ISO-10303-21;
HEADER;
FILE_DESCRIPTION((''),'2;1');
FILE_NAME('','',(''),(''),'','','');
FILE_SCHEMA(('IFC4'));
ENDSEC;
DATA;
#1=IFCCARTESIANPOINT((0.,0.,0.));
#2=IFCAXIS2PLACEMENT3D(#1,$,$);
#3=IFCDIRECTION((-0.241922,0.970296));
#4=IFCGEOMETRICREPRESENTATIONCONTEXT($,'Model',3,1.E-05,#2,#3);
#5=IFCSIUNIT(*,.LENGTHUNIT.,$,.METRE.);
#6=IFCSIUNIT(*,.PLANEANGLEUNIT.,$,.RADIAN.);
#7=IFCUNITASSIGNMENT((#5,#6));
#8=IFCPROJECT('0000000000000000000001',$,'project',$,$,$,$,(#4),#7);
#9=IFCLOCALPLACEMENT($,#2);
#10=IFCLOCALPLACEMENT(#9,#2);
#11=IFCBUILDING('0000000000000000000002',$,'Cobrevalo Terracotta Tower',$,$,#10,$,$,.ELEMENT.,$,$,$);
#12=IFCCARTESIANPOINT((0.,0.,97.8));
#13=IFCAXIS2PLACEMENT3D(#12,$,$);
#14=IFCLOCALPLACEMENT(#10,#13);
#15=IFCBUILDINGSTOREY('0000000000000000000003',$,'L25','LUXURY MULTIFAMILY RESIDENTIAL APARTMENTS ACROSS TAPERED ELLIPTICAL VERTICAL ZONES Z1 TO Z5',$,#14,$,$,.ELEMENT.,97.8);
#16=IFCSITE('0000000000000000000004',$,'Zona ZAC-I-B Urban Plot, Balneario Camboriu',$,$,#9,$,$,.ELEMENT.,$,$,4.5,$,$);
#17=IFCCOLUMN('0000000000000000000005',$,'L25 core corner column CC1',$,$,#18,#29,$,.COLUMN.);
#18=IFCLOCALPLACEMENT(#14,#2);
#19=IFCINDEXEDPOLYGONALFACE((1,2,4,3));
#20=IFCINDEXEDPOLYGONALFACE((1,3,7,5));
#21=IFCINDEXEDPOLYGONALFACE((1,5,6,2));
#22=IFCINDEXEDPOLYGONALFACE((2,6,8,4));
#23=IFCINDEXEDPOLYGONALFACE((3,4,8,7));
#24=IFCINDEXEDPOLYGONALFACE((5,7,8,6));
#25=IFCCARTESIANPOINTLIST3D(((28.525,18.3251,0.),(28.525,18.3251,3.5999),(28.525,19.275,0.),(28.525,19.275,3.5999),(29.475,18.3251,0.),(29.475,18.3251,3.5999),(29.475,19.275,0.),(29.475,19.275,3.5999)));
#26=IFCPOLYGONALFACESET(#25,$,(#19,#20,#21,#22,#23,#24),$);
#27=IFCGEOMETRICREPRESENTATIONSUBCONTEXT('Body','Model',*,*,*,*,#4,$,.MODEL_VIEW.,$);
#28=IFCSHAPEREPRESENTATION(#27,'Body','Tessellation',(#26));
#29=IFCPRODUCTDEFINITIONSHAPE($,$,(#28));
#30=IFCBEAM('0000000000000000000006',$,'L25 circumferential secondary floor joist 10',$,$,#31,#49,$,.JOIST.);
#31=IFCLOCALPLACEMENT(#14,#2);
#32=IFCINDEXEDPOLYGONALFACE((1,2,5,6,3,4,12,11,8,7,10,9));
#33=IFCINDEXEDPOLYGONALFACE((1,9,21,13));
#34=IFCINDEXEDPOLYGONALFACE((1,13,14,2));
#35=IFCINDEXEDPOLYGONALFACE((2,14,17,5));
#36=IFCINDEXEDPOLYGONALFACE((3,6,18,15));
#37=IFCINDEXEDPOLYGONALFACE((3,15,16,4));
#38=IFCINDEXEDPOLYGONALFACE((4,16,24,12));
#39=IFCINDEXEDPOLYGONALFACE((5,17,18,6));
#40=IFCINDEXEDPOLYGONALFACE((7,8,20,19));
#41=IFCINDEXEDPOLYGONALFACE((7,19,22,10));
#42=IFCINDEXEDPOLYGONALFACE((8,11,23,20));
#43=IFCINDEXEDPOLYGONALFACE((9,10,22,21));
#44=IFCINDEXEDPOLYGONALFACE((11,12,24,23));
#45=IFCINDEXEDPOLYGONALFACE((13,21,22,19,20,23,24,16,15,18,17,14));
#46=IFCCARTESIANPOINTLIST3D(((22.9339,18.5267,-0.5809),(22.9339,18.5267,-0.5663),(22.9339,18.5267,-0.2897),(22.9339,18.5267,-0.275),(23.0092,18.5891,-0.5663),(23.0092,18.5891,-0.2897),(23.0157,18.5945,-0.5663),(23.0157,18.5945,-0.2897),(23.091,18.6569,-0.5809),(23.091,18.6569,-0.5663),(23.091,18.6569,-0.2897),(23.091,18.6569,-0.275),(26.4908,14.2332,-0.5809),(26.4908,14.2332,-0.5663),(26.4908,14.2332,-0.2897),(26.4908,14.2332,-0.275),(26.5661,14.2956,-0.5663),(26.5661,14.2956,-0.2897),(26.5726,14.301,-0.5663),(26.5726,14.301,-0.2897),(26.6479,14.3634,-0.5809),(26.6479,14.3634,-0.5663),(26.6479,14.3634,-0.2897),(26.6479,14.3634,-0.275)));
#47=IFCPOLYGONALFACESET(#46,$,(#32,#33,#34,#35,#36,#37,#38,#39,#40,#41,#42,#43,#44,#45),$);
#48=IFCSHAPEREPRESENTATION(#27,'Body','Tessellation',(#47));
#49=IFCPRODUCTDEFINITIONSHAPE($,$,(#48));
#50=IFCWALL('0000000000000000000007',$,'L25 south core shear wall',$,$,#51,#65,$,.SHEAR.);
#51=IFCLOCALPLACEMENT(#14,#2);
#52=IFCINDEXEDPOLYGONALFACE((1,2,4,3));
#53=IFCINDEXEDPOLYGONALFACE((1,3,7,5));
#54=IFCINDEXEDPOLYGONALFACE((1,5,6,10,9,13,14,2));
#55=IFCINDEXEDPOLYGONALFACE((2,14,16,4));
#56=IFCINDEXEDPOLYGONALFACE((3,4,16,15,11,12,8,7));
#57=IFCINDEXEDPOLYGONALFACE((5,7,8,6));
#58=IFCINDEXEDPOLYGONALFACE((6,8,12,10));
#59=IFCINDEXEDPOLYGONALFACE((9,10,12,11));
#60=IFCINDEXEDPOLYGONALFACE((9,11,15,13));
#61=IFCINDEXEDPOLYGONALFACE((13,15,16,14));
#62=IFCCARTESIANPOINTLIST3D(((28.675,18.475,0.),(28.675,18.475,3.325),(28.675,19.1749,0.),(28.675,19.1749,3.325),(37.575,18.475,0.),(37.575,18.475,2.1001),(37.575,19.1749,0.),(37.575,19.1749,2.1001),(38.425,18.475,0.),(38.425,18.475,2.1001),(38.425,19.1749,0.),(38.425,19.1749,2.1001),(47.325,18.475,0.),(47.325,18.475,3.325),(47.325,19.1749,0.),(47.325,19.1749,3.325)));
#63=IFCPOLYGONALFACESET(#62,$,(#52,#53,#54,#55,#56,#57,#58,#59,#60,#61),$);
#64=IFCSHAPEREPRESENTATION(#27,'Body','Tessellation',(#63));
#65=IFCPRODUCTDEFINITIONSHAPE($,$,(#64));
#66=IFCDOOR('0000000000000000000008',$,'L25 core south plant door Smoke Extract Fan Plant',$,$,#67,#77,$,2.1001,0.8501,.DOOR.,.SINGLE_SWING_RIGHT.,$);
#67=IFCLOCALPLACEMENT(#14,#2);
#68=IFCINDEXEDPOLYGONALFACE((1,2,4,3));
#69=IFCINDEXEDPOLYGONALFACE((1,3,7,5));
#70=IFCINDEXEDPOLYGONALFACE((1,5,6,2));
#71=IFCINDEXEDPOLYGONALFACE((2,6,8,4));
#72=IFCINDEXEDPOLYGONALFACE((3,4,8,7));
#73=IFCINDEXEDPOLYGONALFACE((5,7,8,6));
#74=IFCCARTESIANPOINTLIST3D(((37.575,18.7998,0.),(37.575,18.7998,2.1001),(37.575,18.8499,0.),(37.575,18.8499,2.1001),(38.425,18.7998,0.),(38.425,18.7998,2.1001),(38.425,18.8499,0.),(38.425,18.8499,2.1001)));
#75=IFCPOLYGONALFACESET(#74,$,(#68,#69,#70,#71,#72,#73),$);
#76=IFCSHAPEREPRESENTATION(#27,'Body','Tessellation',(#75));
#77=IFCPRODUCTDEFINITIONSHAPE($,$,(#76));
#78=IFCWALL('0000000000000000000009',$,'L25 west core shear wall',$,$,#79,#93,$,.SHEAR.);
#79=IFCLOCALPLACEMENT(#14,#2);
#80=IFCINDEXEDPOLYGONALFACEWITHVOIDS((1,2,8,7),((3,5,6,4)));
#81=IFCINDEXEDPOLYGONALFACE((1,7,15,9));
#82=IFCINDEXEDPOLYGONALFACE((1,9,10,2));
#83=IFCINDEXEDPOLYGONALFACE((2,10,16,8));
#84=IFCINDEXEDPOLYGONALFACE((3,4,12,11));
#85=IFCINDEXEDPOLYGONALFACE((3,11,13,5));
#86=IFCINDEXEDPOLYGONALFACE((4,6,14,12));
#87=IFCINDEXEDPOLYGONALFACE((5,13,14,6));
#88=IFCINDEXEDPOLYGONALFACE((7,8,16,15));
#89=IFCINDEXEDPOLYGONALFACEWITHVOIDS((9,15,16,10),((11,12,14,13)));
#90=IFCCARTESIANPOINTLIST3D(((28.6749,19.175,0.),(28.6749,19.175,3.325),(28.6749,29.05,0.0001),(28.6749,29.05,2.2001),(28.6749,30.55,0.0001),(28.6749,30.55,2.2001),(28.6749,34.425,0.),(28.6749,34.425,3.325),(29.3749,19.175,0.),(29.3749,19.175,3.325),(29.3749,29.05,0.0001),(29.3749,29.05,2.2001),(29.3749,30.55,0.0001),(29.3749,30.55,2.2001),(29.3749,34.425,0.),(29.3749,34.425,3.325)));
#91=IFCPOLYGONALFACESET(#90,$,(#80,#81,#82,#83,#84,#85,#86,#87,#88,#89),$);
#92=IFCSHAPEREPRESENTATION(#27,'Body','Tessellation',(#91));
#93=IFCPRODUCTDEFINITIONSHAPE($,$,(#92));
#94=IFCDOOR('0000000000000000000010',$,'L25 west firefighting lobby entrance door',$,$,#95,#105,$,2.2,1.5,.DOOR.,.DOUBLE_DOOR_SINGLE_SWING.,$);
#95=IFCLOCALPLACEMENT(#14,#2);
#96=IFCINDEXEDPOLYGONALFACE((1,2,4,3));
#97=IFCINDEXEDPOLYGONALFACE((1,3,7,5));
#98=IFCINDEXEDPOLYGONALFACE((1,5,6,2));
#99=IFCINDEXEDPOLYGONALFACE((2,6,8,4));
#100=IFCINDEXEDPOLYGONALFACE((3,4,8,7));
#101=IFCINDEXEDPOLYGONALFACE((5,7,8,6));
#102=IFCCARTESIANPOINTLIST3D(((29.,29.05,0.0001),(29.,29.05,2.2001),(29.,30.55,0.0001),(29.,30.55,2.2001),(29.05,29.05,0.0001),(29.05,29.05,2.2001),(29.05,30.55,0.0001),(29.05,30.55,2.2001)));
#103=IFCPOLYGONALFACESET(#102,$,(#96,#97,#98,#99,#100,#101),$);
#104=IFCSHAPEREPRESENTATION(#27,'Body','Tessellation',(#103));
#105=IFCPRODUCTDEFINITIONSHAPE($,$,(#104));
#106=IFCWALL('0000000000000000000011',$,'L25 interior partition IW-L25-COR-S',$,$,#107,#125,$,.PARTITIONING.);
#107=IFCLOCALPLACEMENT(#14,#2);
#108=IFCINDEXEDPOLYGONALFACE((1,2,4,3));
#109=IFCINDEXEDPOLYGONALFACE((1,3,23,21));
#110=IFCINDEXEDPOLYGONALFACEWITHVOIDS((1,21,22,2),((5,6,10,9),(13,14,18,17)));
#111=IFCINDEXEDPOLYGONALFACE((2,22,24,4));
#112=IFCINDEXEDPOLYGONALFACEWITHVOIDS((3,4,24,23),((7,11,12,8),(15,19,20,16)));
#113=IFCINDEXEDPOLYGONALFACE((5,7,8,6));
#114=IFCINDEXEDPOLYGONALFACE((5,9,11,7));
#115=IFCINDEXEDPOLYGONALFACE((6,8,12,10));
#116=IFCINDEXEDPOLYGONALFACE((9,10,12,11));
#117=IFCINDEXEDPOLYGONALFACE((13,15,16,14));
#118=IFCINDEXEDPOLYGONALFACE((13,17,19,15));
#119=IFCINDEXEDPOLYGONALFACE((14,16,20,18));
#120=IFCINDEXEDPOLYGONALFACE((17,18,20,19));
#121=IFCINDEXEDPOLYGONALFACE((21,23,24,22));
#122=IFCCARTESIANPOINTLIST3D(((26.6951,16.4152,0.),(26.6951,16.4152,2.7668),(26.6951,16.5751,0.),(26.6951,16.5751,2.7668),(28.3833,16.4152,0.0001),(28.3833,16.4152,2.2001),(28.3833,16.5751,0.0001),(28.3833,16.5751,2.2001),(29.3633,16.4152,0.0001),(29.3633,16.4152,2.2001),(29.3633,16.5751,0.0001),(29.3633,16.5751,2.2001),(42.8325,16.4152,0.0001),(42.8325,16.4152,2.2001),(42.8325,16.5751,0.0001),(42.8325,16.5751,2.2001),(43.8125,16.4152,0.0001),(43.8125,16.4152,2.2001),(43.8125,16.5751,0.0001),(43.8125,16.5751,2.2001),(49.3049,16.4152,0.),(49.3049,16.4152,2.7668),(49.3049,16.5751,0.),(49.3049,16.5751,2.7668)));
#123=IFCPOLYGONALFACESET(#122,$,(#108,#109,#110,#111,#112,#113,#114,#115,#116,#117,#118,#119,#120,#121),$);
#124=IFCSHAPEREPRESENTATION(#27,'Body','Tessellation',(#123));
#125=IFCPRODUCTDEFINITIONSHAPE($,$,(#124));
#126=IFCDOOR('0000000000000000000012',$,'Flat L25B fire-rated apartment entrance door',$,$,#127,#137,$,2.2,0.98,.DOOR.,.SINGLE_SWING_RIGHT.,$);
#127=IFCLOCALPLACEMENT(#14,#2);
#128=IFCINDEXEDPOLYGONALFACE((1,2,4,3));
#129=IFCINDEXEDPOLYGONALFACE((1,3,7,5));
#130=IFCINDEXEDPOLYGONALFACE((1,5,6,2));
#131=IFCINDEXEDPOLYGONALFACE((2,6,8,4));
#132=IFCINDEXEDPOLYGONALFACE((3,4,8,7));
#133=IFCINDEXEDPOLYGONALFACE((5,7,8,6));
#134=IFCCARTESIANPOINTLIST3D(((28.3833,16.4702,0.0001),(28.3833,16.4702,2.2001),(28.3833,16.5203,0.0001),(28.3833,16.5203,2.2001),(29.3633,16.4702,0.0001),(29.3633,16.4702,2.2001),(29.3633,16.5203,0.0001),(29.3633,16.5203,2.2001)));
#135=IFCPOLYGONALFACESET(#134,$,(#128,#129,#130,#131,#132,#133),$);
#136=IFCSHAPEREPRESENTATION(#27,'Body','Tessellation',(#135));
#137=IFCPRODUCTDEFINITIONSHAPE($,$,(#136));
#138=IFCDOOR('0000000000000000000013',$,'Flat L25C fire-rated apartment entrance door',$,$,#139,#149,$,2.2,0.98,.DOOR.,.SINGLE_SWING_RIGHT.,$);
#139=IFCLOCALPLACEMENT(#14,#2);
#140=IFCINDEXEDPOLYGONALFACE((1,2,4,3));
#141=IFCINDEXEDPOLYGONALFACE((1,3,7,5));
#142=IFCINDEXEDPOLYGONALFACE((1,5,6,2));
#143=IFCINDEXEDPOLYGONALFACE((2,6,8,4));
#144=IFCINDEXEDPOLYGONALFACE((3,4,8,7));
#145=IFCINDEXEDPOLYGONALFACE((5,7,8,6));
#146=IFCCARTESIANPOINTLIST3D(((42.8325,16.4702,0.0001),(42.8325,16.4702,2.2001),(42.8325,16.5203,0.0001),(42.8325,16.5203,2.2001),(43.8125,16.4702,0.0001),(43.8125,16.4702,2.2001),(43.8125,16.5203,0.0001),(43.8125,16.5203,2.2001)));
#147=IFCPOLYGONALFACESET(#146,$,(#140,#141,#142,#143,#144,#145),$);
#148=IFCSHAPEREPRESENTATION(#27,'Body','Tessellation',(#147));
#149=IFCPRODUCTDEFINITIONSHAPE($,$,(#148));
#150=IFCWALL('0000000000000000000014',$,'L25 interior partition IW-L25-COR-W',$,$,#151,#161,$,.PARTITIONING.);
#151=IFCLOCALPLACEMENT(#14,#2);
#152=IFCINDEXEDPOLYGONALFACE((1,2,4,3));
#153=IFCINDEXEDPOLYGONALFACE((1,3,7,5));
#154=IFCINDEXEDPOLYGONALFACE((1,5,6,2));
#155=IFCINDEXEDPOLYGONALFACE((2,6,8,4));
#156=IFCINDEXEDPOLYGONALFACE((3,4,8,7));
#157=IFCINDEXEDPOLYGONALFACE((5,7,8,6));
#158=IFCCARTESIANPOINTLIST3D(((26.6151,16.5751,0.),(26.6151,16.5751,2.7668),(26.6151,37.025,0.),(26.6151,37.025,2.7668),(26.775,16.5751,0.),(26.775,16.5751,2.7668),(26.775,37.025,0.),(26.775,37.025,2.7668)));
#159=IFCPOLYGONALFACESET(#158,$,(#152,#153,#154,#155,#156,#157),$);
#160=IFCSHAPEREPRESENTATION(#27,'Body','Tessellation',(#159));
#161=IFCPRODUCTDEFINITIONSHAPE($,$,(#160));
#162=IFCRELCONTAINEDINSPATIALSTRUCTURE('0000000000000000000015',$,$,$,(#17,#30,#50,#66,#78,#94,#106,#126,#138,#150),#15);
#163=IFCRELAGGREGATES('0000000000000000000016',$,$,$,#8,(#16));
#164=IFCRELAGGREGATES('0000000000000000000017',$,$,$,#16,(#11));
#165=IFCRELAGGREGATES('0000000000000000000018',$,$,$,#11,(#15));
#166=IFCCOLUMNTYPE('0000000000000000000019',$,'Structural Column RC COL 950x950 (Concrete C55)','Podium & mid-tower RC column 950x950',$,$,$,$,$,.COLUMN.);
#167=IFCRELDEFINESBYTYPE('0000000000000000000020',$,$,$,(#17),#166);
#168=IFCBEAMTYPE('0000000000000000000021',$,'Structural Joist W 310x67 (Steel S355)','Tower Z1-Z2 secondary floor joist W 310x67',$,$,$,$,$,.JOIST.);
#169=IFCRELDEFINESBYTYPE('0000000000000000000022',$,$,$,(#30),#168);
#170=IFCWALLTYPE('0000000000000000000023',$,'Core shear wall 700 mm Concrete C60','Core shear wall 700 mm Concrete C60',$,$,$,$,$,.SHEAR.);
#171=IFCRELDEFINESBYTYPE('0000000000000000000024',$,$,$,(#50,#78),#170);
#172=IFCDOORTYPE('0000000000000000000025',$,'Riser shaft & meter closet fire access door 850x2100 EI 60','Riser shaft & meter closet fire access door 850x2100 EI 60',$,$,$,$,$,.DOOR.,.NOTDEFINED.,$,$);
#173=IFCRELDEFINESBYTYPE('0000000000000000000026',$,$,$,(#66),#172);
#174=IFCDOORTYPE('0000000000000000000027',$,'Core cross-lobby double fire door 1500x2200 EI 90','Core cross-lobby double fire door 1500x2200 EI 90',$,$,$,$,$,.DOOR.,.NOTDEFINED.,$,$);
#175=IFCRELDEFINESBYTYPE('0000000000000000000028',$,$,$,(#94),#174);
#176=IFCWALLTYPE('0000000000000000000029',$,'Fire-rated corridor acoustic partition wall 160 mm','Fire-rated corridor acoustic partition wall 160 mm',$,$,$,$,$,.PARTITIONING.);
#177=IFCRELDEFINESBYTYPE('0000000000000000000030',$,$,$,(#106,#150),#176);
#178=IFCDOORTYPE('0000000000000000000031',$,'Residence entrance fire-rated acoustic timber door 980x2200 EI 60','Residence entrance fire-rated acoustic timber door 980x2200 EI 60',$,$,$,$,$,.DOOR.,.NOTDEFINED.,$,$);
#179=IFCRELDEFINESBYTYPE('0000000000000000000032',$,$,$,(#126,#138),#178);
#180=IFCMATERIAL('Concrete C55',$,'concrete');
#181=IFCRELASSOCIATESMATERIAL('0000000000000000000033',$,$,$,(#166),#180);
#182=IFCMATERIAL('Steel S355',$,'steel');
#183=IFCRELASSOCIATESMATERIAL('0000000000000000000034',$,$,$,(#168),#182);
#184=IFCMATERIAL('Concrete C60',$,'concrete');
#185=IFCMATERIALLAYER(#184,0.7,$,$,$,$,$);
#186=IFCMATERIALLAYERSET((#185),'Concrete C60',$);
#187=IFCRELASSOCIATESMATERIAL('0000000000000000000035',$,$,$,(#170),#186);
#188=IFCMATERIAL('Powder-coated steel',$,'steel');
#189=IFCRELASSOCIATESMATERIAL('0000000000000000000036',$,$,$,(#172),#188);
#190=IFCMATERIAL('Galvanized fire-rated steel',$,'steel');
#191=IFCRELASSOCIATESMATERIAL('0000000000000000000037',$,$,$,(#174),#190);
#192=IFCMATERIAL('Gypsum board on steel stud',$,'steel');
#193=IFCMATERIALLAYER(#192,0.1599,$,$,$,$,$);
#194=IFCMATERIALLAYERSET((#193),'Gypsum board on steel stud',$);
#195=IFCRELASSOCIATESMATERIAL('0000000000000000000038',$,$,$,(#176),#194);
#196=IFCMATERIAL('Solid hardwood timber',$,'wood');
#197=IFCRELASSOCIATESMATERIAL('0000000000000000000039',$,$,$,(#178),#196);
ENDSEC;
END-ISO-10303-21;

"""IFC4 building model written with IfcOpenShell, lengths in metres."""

from ifc_helpers import new_model, si_unit, direction, frame, frame_2d, origin, origin_2d, place, context, subcontext, project, spatial, rectangle, i_section, extrude, source, transform, mapped, material, layer, layer_set, material_profile, profile_set, type_object, element, fill, save


model = new_model("IFC4")

# Units and contexts
model_context = context("Model", 3, precision=1e-05, world=origin(), true_north=direction((-0.241922, 0.970296)))
body_context = subcontext(model_context, "Body", "Model", "MODEL_VIEW")
ifc_project = project(units=[si_unit("LENGTHUNIT", "METRE"), si_unit("PLANEANGLEUNIT", "RADIAN")], contexts=[model_context])

# Site, building, storey
site_placement = place(None, origin())
site = spatial("IfcSite", under=ifc_project, at=site_placement, Name="Zona ZAC-I-B Urban Plot, Balneario Camboriu", CompositionType="ELEMENT", RefElevation=4.5)
building_placement = place(site_placement, origin())
building = spatial("IfcBuilding", under=site, at=building_placement, Name="Cobrevalo Terracotta Tower", CompositionType="ELEMENT")
storey_placement = place(building_placement, frame((0.0, 0.0, 97.8)))
storey = spatial("IfcBuildingStorey", under=building, at=storey_placement, Name="L25", Description="LUXURY MULTIFAMILY RESIDENTIAL APARTMENTS ACROSS TAPERED ELLIPTICAL VERTICAL ZONES Z1 TO Z5", CompositionType="ELEMENT", Elevation=97.8)

# Column
ifc_material_1 = material(Name="Concrete C55", Category="concrete")
ifc_material_profile_1 = material_profile(ifc_material_1, rectangle(XDim=0.95, YDim=0.95, at=origin_2d()), Name="RC COL 950x950")
ifc_profile_set_1 = profile_set([ifc_material_profile_1], Name="Concrete C55")
column_type = type_object("IfcColumnType", Name="Structural Column RC COL 950x950 (Concrete C55)", Description="Podium & mid-tower RC column 950x950", PredefinedType="COLUMN", material=ifc_profile_set_1)
column_placement = place(storey_placement, frame((29.0, 18.8, 0.0), z_axis=(0.0, 0.0, 1.0), x_axis=(1.0, 0.0, 0.0)))
element("IfcColumn", 1, at=column_placement, inside=storey, type_object=column_type, Name="L25 core corner column CC1", PredefinedType="COLUMN", context=body_context, shape_type="SweptSolid", body=[
    extrude(rectangle(XDim=0.95, YDim=0.95, at=origin_2d()), origin(), (0.0, 0.0, 1.0), 3.5999),
])

# Beam
ifc_material_2 = material(Name="Steel S355", Category="steel")
ifc_material_profile_2 = material_profile(ifc_material_2, i_section(OverallWidth=0.2041, OverallDepth=0.3059, WebThickness=0.0085, FlangeThickness=0.0146, at=origin_2d()), Name="W 310x67")
ifc_profile_set_2 = profile_set([ifc_material_profile_2], Name="Steel S355")
beam_type = type_object("IfcBeamType", Name="Structural Joist W 310x67 (Steel S355)", Description="Tower Z1-Z2 secondary floor joist W 310x67", PredefinedType="JOIST", material=ifc_profile_set_2)
beam_placement = place(storey_placement, frame((23.0125, 18.5918, -0.428), z_axis=(0.637959, -0.77007, 0.0), x_axis=(0.77007, 0.637959, 0.0)))
element("IfcBeam", 2, at=beam_placement, inside=storey, type_object=beam_type, Name="L25 circumferential secondary floor joist 10", PredefinedType="JOIST", context=body_context, shape_type="SweptSolid", body=[
    extrude(i_section(OverallWidth=0.2041, OverallDepth=0.3059, WebThickness=0.0085, FlangeThickness=0.0146, at=origin_2d()), origin(), (0.0, 0.0, 1.0), 5.5754),
])

# Walls, openings, doors
ifc_material_3 = material(Name="Concrete C60", Category="concrete")
ifc_layer_1 = layer(ifc_material_3, 0.7)
ifc_layer_set_1 = layer_set([ifc_layer_1], Name="Concrete C60")
wall_type_1 = type_object("IfcWallType", Name="Core shear wall 700 mm Concrete C60", Description="Core shear wall 700 mm Concrete C60", PredefinedType="SHEAR", material=ifc_layer_set_1)
wall_1_placement = place(storey_placement, frame((28.675, 18.825, 0.0), z_axis=(0.0, 0.0, 1.0), x_axis=(1.0, 0.0, 0.0)))
wall_1 = element("IfcWall", 3, at=wall_1_placement, inside=storey, type_object=wall_type_1, Name="L25 south core shear wall", PredefinedType="SHEAR", context=body_context, shape_type="SweptSolid", body=[
    extrude(rectangle(XDim=18.6499, YDim=0.7, at=frame_2d((9.325, 0.0))), origin(), (0.0, 0.0, 1.0), 3.325),
])
opening_1_placement = place(wall_1_placement, frame((8.8999, 0.0, 0.0)))
opening_1 = element("IfcOpeningElement", 4, at=opening_1_placement, cuts=wall_1, PredefinedType="OPENING", context=body_context, shape_type="SweptSolid", body=[
    extrude(rectangle(XDim=0.8501, YDim=2.1001, at=frame_2d((0.425, 1.05))), frame((0.0, 0.3599, 0.0), z_axis=(0.0, -1.0, 0.0), x_axis=(1.0, 0.0, 0.0)), (0.0, 0.0, 1.0), 0.72),
])
ifc_material_4 = material(Name="Powder-coated steel", Category="steel")
door_type_1 = type_object("IfcDoorType", Name="Riser shaft & meter closet fire access door 850x2100 EI 60", Description="Riser shaft & meter closet fire access door 850x2100 EI 60", OperationType="NOTDEFINED", PredefinedType="DOOR", material=ifc_material_4)
shared_shape_1 = source(origin(), body_context, "Body", "SweptSolid", [
    extrude(rectangle(XDim=0.8501, YDim=2.1001, at=frame_2d((0.425, 1.05))), frame((0.0, 0.0249, 0.0), z_axis=(0.0, -1.0, 0.0), x_axis=(1.0, 0.0, 0.0)), (0.0, 0.0, 1.0), 0.05),
])
door_1_placement = place(opening_1_placement, origin())
door_1 = element("IfcDoor", 5, at=door_1_placement, inside=storey, type_object=door_type_1, Name="L25 core south plant door Smoke Extract Fan Plant", OperationType="SINGLE_SWING_RIGHT", OverallHeight=2.1001, OverallWidth=0.8501, PredefinedType="DOOR", context=body_context, shape_type="MappedRepresentation", body=[
    mapped(shared_shape_1, transform((0.0, 0.0, 0.0), scale=1.0)),
])
fill(opening_1, door_1)
wall_2_placement = place(storey_placement, frame((29.0249, 19.175, 0.0), z_axis=(0.0, 0.0, 1.0), x_axis=(0.0, 1.0, 0.0)))
wall_2 = element("IfcWall", 6, at=wall_2_placement, inside=storey, type_object=wall_type_1, Name="L25 west core shear wall", PredefinedType="SHEAR", context=body_context, shape_type="SweptSolid", body=[
    extrude(rectangle(XDim=15.25, YDim=0.7, at=frame_2d((7.625, 0.0))), origin(), (0.0, 0.0, 1.0), 3.325),
])
opening_2_placement = place(wall_2_placement, frame((9.875, 0.0, 0.0)))
opening_2 = element("IfcOpeningElement", 7, at=opening_2_placement, cuts=wall_2, PredefinedType="OPENING", context=body_context, shape_type="SweptSolid", body=[
    extrude(rectangle(XDim=1.5, YDim=2.2, at=frame_2d((0.75, 1.1001))), frame((0.0, 0.3599, 0.0), z_axis=(0.0, -1.0, 0.0), x_axis=(1.0, 0.0, 0.0)), (0.0, 0.0, 1.0), 0.72),
])
ifc_material_5 = material(Name="Galvanized fire-rated steel", Category="steel")
door_type_2 = type_object("IfcDoorType", Name="Core cross-lobby double fire door 1500x2200 EI 90", Description="Core cross-lobby double fire door 1500x2200 EI 90", OperationType="NOTDEFINED", PredefinedType="DOOR", material=ifc_material_5)
shared_shape_2 = source(origin(), body_context, "Body", "SweptSolid", [
    extrude(rectangle(XDim=1.5, YDim=2.2, at=frame_2d((0.75, 1.1001))), frame((0.0, 0.0249, 0.0), z_axis=(0.0, -1.0, 0.0), x_axis=(1.0, 0.0, 0.0)), (0.0, 0.0, 1.0), 0.05),
])
door_2_placement = place(opening_2_placement, origin())
door_2 = element("IfcDoor", 8, at=door_2_placement, inside=storey, type_object=door_type_2, Name="L25 west firefighting lobby entrance door", OperationType="DOUBLE_DOOR_SINGLE_SWING", OverallHeight=2.2, OverallWidth=1.5, PredefinedType="DOOR", context=body_context, shape_type="MappedRepresentation", body=[
    mapped(shared_shape_2, transform((0.0, 0.0, 0.0), scale=1.0)),
])
fill(opening_2, door_2)

# Wall, openings, doors
ifc_material_6 = material(Name="Gypsum board on steel stud", Category="steel")
ifc_layer_2 = layer(ifc_material_6, 0.1599)
ifc_layer_set_2 = layer_set([ifc_layer_2], Name="Gypsum board on steel stud")
wall_type_2 = type_object("IfcWallType", Name="Fire-rated corridor acoustic partition wall 160 mm", Description="Fire-rated corridor acoustic partition wall 160 mm", PredefinedType="PARTITIONING", material=ifc_layer_set_2)
wall_3_placement = place(storey_placement, frame((26.6951, 16.4951, 0.0), z_axis=(0.0, 0.0, 1.0), x_axis=(1.0, 0.0, 0.0)))
wall_3 = element("IfcWall", 9, at=wall_3_placement, inside=storey, type_object=wall_type_2, Name="L25 interior partition IW-L25-COR-S", PredefinedType="PARTITIONING", context=body_context, shape_type="SweptSolid", body=[
    extrude(rectangle(XDim=22.6099, YDim=0.1599, at=frame_2d((11.3049, 0.0))), origin(), (0.0, 0.0, 1.0), 2.7668),
])
opening_3_placement = place(wall_3_placement, frame((1.6882, 0.0, 0.0)))
opening_3 = element("IfcOpeningElement", 10, at=opening_3_placement, cuts=wall_3, PredefinedType="OPENING", context=body_context, shape_type="SweptSolid", body=[
    extrude(rectangle(XDim=0.98, YDim=2.2, at=frame_2d((0.49, 1.1001))), frame((0.0, 0.0898, 0.0), z_axis=(0.0, -1.0, 0.0), x_axis=(1.0, 0.0, 0.0)), (0.0, 0.0, 1.0), 0.1799),
])
opening_4_placement = place(wall_3_placement, frame((16.1375, 0.0, 0.0)))
opening_4 = element("IfcOpeningElement", 11, at=opening_4_placement, cuts=wall_3, PredefinedType="OPENING", context=body_context, shape_type="SweptSolid", body=[
    extrude(rectangle(XDim=0.98, YDim=2.2, at=frame_2d((0.49, 1.1001))), frame((0.0, 0.0898, 0.0), z_axis=(0.0, -1.0, 0.0), x_axis=(1.0, 0.0, 0.0)), (0.0, 0.0, 1.0), 0.1799),
])
ifc_material_7 = material(Name="Solid hardwood timber", Category="wood")
door_type_3 = type_object("IfcDoorType", Name="Residence entrance fire-rated acoustic timber door 980x2200 EI 60", Description="Residence entrance fire-rated acoustic timber door 980x2200 EI 60", OperationType="NOTDEFINED", PredefinedType="DOOR", material=ifc_material_7)
shared_shape_3 = source(origin(), body_context, "Body", "SweptSolid", [
    extrude(rectangle(XDim=0.98, YDim=2.2, at=frame_2d((0.49, 1.1001))), frame((0.0, 0.0249, 0.0), z_axis=(0.0, -1.0, 0.0), x_axis=(1.0, 0.0, 0.0)), (0.0, 0.0, 1.0), 0.05),
])
door_3_placement = place(opening_3_placement, frame((0.98, 0.0, 0.0), z_axis=(0.0, 0.0, 1.0), x_axis=(-1.0, 0.0, 0.0)))
door_3 = element("IfcDoor", 12, at=door_3_placement, inside=storey, type_object=door_type_3, Name="Flat L25B fire-rated apartment entrance door", OperationType="SINGLE_SWING_RIGHT", OverallHeight=2.2, OverallWidth=0.98, PredefinedType="DOOR", context=body_context, shape_type="MappedRepresentation", body=[
    mapped(shared_shape_3, transform((0.0, 0.0, 0.0), scale=1.0)),
])
fill(opening_3, door_3)
door_4_placement = place(opening_4_placement, frame((0.98, 0.0, 0.0), z_axis=(0.0, 0.0, 1.0), x_axis=(-1.0, 0.0, 0.0)))
door_4 = element("IfcDoor", 13, at=door_4_placement, inside=storey, type_object=door_type_3, Name="Flat L25C fire-rated apartment entrance door", OperationType="SINGLE_SWING_RIGHT", OverallHeight=2.2, OverallWidth=0.98, PredefinedType="DOOR", context=body_context, shape_type="MappedRepresentation", body=[
    mapped(shared_shape_3, transform((0.0, 0.0, 0.0), scale=1.0)),
])
fill(opening_4, door_4)

# Wall
wall_4_placement = place(storey_placement, frame((26.6951, 16.575, 0.0), z_axis=(0.0, 0.0, 1.0), x_axis=(0.0, 1.0, 0.0)))
element("IfcWall", 14, at=wall_4_placement, inside=storey, type_object=wall_type_2, Name="L25 interior partition IW-L25-COR-W", PredefinedType="PARTITIONING", context=body_context, shape_type="SweptSolid", body=[
    extrude(rectangle(XDim=20.45, YDim=0.1599, at=frame_2d((10.2251, 0.0))), origin(), (0.0, 0.0, 1.0), 2.7668),
])

save(model, "model.ifc")
